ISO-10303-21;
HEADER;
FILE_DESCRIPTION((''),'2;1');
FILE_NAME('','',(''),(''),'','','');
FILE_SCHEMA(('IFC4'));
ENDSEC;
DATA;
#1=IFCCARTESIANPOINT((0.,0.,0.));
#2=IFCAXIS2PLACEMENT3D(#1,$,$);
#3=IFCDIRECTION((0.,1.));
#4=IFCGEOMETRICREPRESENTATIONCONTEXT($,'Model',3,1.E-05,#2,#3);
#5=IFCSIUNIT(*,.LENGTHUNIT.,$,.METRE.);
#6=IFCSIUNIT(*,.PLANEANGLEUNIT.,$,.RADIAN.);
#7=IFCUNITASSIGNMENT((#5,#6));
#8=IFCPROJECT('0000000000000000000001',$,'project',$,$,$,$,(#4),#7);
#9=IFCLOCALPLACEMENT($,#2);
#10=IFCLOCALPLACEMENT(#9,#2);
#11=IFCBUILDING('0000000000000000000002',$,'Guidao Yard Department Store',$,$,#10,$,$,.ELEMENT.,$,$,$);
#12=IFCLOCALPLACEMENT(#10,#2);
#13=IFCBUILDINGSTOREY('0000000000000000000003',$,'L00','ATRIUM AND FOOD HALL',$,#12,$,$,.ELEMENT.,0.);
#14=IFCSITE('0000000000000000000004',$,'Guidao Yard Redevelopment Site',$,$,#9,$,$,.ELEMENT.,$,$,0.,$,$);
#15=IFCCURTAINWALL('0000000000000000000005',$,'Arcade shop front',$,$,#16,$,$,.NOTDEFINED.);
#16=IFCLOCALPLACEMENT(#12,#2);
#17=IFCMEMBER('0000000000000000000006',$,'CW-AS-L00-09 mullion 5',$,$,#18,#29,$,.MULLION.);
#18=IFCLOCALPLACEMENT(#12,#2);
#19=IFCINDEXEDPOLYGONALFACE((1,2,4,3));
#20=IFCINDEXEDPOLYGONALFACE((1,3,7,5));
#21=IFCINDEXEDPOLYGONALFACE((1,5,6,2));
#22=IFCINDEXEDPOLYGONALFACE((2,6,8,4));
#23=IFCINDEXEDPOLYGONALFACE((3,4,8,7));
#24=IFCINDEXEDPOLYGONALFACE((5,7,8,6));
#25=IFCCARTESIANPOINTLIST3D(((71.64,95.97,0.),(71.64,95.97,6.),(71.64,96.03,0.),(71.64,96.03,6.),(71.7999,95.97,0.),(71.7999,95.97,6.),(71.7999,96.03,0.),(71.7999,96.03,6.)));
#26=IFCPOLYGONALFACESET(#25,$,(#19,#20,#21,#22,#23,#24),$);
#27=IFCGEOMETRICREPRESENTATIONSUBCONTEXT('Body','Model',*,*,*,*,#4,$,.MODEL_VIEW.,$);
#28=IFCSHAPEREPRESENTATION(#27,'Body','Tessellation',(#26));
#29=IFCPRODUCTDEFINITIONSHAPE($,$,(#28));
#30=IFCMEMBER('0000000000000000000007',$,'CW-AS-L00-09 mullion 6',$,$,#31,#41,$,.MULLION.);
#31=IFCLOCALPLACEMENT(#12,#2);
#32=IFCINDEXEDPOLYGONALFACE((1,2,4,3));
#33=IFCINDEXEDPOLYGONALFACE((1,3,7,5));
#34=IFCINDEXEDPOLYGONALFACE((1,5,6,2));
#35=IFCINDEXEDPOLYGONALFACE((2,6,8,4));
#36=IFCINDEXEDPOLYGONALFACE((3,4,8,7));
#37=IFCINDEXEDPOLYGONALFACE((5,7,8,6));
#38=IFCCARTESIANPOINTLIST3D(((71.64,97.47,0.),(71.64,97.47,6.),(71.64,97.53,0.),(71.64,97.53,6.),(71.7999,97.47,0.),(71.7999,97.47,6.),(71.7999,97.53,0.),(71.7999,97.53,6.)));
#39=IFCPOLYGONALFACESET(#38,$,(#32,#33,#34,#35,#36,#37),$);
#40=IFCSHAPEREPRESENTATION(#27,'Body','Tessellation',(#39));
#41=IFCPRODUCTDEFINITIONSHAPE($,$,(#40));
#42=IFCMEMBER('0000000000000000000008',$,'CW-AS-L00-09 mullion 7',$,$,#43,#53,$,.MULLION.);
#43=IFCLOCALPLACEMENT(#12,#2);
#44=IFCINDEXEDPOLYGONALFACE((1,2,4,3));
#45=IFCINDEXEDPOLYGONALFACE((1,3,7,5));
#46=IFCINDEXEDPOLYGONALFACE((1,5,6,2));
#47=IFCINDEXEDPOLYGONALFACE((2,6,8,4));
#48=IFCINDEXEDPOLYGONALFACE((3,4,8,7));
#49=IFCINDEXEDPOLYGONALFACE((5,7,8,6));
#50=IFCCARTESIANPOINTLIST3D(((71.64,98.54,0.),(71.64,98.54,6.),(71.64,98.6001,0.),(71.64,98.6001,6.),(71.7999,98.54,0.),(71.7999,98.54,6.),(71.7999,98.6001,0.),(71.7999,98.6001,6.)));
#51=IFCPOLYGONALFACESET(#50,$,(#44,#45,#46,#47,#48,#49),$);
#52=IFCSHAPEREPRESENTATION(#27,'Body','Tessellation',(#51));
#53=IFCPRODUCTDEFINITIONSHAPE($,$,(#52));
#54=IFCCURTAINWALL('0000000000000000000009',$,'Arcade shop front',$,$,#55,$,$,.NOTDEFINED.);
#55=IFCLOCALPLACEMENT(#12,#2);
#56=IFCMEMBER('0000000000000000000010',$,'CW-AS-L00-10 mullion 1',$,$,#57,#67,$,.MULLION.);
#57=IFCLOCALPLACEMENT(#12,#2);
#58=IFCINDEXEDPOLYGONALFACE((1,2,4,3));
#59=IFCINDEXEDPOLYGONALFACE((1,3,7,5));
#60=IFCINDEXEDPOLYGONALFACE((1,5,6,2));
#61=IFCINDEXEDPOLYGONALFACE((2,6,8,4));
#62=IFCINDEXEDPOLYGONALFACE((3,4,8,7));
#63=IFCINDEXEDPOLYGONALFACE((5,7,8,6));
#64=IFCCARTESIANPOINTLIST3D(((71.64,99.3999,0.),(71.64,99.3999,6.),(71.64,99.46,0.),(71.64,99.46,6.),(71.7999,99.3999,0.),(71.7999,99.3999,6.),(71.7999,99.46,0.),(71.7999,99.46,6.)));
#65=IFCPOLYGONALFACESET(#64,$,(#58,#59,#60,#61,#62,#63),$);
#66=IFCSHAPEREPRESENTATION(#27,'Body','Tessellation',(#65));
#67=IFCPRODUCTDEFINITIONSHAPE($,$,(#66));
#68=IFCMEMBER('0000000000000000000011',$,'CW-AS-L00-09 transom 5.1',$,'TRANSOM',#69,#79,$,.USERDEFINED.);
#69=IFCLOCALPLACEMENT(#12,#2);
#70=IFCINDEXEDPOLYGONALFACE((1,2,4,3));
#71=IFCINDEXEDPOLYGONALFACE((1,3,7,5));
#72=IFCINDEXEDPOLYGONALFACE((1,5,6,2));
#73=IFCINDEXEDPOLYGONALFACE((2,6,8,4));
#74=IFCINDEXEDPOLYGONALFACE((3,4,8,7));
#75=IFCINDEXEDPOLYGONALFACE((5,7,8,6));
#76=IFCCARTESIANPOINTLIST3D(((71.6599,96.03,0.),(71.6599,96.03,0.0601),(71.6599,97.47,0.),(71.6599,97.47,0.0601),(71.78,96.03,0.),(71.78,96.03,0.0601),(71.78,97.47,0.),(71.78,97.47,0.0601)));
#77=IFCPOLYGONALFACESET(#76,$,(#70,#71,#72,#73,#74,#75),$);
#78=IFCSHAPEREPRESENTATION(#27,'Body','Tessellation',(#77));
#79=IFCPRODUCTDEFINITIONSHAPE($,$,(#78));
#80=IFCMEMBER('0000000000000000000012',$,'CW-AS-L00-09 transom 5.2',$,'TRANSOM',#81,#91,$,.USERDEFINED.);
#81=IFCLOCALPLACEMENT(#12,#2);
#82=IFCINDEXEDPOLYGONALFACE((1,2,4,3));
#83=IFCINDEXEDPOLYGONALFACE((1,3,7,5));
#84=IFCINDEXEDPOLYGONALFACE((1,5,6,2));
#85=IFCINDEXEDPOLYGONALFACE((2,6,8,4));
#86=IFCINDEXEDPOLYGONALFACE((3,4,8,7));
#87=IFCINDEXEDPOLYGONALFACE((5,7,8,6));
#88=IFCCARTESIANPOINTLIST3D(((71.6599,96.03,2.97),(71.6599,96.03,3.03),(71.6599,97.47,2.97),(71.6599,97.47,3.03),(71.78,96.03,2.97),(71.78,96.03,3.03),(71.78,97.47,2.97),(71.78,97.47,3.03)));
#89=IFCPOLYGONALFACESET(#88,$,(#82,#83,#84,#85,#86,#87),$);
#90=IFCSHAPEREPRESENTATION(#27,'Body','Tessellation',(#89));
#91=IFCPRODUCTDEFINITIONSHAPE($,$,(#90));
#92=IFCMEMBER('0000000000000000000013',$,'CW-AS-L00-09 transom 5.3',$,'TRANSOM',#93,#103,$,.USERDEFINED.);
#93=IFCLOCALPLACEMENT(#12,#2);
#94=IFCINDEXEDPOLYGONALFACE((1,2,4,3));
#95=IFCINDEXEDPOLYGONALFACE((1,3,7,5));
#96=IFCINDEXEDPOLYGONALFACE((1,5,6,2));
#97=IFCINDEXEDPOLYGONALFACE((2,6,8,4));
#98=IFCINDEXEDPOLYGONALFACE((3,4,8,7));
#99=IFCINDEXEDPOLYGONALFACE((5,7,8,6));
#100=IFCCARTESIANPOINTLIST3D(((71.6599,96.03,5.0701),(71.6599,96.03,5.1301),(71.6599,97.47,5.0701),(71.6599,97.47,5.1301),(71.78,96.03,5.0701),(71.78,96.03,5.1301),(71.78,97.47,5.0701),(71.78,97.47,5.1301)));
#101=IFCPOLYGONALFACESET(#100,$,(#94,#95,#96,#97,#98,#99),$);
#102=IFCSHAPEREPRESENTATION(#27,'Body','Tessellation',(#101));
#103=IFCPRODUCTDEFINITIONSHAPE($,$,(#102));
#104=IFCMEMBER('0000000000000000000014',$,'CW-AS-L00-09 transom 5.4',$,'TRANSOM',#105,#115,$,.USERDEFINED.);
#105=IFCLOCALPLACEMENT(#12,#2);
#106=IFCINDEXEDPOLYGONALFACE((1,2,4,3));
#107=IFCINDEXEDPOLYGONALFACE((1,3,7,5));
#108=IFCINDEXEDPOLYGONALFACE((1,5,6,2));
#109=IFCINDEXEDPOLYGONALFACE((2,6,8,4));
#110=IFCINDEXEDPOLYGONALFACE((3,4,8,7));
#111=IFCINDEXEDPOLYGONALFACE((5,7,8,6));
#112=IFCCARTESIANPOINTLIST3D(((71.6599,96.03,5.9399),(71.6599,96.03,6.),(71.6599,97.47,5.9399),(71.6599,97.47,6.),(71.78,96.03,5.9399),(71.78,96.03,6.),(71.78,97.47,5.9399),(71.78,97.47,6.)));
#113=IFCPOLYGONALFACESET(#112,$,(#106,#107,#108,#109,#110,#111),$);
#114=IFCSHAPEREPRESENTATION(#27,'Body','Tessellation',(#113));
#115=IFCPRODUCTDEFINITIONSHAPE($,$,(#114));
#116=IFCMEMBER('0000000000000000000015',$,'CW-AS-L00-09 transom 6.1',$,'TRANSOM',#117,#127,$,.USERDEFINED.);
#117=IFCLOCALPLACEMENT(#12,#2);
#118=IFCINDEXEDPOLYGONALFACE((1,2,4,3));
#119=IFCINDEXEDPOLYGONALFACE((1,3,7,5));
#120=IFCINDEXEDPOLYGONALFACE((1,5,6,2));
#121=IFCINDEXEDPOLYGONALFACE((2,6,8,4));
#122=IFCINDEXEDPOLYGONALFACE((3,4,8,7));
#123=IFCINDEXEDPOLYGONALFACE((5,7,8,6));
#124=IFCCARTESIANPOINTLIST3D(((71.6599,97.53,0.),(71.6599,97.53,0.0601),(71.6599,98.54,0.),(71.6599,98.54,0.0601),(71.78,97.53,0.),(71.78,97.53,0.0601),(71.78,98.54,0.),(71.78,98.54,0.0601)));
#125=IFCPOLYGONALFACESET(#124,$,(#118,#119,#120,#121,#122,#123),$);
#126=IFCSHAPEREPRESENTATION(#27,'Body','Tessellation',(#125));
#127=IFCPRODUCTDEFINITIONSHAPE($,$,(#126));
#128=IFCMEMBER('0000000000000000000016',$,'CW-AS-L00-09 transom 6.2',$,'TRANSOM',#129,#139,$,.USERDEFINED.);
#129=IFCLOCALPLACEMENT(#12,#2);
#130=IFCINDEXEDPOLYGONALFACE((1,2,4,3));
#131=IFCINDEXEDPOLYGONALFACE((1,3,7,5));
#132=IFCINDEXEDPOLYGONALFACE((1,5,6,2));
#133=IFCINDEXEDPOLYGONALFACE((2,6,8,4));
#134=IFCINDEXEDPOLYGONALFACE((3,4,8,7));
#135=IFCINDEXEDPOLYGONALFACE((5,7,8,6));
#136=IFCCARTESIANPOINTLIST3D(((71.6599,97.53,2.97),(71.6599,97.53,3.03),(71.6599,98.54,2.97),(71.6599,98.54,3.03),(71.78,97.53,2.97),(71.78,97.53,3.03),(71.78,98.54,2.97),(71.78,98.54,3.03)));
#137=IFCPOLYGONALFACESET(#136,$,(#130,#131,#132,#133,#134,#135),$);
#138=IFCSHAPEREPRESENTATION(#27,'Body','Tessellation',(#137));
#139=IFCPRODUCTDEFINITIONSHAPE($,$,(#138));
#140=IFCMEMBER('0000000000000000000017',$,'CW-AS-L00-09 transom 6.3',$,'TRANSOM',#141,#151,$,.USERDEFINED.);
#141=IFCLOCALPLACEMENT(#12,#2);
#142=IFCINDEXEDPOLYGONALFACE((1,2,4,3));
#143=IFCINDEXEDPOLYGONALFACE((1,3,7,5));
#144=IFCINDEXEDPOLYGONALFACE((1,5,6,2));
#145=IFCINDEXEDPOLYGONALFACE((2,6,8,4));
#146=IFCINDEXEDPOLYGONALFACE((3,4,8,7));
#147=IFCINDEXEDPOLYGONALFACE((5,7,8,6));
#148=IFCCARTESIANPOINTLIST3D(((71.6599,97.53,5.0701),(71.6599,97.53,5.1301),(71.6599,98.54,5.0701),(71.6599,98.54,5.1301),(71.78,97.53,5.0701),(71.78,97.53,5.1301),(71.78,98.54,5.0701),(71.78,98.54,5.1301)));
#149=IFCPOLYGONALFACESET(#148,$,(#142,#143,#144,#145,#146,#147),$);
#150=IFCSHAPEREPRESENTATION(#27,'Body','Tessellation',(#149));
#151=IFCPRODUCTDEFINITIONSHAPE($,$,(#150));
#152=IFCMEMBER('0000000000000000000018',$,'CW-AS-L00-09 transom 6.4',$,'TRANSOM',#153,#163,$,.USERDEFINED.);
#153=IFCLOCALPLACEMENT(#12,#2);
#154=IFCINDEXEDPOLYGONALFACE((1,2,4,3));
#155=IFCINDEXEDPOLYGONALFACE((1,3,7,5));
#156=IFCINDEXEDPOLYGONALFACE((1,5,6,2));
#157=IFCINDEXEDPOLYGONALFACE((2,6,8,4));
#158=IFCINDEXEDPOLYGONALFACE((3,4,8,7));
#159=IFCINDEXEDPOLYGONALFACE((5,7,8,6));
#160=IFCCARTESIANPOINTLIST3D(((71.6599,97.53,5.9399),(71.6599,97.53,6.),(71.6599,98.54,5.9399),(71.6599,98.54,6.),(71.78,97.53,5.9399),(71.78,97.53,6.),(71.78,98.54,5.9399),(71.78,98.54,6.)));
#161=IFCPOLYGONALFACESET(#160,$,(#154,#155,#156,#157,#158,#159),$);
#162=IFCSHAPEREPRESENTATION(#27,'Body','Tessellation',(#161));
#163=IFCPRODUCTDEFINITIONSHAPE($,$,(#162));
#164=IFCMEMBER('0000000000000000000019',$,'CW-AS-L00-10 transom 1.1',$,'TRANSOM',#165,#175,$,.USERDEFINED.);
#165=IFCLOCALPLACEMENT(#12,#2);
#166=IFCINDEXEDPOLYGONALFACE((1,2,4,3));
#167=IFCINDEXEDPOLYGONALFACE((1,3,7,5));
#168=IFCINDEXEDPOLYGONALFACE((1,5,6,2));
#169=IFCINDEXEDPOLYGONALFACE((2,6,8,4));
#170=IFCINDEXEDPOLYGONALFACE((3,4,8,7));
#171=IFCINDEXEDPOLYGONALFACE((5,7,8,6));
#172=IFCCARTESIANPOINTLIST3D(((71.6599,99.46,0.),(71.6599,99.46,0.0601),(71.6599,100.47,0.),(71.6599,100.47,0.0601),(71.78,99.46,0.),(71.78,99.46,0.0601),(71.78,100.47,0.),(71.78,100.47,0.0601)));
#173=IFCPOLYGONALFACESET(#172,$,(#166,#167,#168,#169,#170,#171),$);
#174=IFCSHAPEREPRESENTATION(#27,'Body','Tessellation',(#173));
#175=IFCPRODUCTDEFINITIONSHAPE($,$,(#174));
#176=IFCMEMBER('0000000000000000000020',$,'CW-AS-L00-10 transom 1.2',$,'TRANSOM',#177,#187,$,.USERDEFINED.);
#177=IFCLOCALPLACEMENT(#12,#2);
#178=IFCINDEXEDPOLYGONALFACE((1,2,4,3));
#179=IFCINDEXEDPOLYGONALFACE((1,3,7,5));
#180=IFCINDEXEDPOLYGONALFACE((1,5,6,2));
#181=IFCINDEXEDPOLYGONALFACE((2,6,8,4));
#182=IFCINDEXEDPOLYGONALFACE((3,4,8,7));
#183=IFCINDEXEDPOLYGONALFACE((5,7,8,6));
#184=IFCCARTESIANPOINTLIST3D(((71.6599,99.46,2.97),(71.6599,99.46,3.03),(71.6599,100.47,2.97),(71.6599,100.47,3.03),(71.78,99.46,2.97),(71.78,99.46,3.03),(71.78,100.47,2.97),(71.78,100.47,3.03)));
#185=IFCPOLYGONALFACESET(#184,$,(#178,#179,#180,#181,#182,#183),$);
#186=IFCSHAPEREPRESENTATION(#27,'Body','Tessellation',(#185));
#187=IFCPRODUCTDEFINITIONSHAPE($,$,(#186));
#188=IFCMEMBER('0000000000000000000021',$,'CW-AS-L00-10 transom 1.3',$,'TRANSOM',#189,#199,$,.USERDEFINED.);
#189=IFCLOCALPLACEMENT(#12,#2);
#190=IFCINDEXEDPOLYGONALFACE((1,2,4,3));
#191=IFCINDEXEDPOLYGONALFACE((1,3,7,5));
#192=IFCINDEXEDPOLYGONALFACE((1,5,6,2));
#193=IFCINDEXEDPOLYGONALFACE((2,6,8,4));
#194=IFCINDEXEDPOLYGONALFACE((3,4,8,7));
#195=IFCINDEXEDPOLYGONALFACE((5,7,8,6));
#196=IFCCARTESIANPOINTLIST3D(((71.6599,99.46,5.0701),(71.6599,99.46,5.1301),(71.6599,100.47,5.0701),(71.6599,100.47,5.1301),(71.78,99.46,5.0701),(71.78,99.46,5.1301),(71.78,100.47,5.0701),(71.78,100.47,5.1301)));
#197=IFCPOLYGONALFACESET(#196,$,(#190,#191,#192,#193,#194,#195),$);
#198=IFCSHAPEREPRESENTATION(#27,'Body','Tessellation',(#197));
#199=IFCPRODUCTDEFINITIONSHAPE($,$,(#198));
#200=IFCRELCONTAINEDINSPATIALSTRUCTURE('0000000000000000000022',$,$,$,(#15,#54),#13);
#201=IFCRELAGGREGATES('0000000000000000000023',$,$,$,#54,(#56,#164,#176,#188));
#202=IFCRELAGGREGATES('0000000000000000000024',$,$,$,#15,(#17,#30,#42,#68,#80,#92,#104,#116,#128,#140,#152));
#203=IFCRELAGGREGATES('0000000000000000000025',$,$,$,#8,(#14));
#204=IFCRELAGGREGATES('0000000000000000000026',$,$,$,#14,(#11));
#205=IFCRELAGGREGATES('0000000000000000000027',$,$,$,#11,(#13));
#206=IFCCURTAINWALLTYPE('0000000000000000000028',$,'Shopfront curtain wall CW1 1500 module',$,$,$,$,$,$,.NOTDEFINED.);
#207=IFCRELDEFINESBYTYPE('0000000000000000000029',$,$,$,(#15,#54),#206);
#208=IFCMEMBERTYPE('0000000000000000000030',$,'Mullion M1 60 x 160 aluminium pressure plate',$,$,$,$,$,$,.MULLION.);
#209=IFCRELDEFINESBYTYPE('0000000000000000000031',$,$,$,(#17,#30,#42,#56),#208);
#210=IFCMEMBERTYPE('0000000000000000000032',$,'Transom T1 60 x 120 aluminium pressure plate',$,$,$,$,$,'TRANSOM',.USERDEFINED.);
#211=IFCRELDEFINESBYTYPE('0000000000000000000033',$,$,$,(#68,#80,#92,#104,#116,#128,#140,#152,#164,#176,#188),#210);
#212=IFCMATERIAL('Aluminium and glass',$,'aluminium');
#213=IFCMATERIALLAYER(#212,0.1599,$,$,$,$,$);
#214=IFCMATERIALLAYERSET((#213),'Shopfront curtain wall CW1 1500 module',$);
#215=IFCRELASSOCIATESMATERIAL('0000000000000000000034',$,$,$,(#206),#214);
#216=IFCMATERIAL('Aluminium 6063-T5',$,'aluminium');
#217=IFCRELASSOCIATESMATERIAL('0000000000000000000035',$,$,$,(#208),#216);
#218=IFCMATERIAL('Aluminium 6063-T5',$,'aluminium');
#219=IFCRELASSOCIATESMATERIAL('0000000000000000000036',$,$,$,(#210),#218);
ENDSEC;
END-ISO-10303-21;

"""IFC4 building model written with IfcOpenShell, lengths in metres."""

from ifc_helpers import new_model, si_unit, direction, frame, origin, origin_2d, place, context, subcontext, project, spatial, rectangle, extrude, material, layer, layer_set, material_profile, profile_set, type_object, element, aggregate, save


model = new_model("IFC4")

# Units and contexts
model_context = context("Model", 3, precision=1e-05, world=origin(), true_north=direction((0.0, 1.0)))
body_context = subcontext(model_context, "Body", "Model", "MODEL_VIEW")
ifc_project = project(units=[si_unit("LENGTHUNIT", "METRE"), si_unit("PLANEANGLEUNIT", "RADIAN")], contexts=[model_context])

# Site, building, storey
site_placement = place(None, origin())
site = spatial("IfcSite", under=ifc_project, at=site_placement, Name="Guidao Yard Redevelopment Site", CompositionType="ELEMENT", RefElevation=0.0)
building_placement = place(site_placement, origin())
building = spatial("IfcBuilding", under=site, at=building_placement, Name="Guidao Yard Department Store", CompositionType="ELEMENT")
storey_placement = place(building_placement, origin())
storey = spatial("IfcBuildingStorey", under=building, at=storey_placement, Name="L00", Description="ATRIUM AND FOOD HALL", CompositionType="ELEMENT", Elevation=0.0)

# Curtain wall, members
ifc_material_1 = material(Name="Aluminium and glass", Category="aluminium")
ifc_layer_1 = layer(ifc_material_1, 0.1599)
ifc_layer_set_1 = layer_set([ifc_layer_1], Name="Shopfront curtain wall CW1 1500 module")
curtain_wall_type = type_object("IfcCurtainWallType", Name="Shopfront curtain wall CW1 1500 module", PredefinedType="NOTDEFINED", material=ifc_layer_set_1)
curtain_wall_1_placement = place(storey_placement, origin())
curtain_wall_1 = element("IfcCurtainWall", 1, at=curtain_wall_1_placement, inside=storey, type_object=curtain_wall_type, Name="Arcade shop front", PredefinedType="NOTDEFINED")
ifc_material_2 = material(Name="Aluminium 6063-T5", Category="aluminium")
ifc_material_profile_1 = material_profile(ifc_material_2, rectangle(XDim=0.0601, YDim=0.1599, at=origin_2d()), Name="Mullion M1 60 x 160 aluminium pressure plate")
ifc_profile_set_1 = profile_set([ifc_material_profile_1], Name="Aluminium 6063-T5")
member_type_1 = type_object("IfcMemberType", Name="Mullion M1 60 x 160 aluminium pressure plate", PredefinedType="MULLION", material=ifc_profile_set_1)
member_1_placement = place(storey_placement, frame((71.72, 96.0, 0.0), z_axis=(0.0, 0.0, 1.0), x_axis=(0.0, 1.0, 0.0)))
member_1 = element("IfcMember", 2, at=member_1_placement, type_object=member_type_1, Name="CW-AS-L00-09 mullion 5", PredefinedType="MULLION", context=body_context, shape_type="SweptSolid", body=[
    extrude(rectangle(XDim=0.0601, YDim=0.1599, at=origin_2d()), origin(), (0.0, 0.0, 1.0), 6.0),
])
member_2_placement = place(storey_placement, frame((71.72, 97.5, 0.0), z_axis=(0.0, 0.0, 1.0), x_axis=(0.0, 1.0, 0.0)))
member_2 = element("IfcMember", 3, at=member_2_placement, type_object=member_type_1, Name="CW-AS-L00-09 mullion 6", PredefinedType="MULLION", context=body_context, shape_type="SweptSolid", body=[
    extrude(rectangle(XDim=0.0601, YDim=0.1599, at=origin_2d()), origin(), (0.0, 0.0, 1.0), 6.0),
])
member_3_placement = place(storey_placement, frame((71.72, 98.5701, 0.0), z_axis=(0.0, 0.0, 1.0), x_axis=(0.0, 1.0, 0.0)))
member_3 = element("IfcMember", 4, at=member_3_placement, type_object=member_type_1, Name="CW-AS-L00-09 mullion 7", PredefinedType="MULLION", context=body_context, shape_type="SweptSolid", body=[
    extrude(rectangle(XDim=0.0601, YDim=0.1599, at=origin_2d()), origin(), (0.0, 0.0, 1.0), 6.0),
])

# Curtain wall, member
curtain_wall_2_placement = place(storey_placement, origin())
curtain_wall_2 = element("IfcCurtainWall", 5, at=curtain_wall_2_placement, inside=storey, type_object=curtain_wall_type, Name="Arcade shop front", PredefinedType="NOTDEFINED")
member_4_placement = place(storey_placement, frame((71.72, 99.4299, 0.0), z_axis=(0.0, 0.0, 1.0), x_axis=(0.0, 1.0, 0.0)))
member_4 = element("IfcMember", 6, at=member_4_placement, type_object=member_type_1, Name="CW-AS-L00-10 mullion 1", PredefinedType="MULLION", context=body_context, shape_type="SweptSolid", body=[
    extrude(rectangle(XDim=0.0601, YDim=0.1599, at=origin_2d()), origin(), (0.0, 0.0, 1.0), 6.0),
])

# Members
ifc_material_3 = material(Name="Aluminium 6063-T5", Category="aluminium")
ifc_material_profile_2 = material_profile(ifc_material_3, rectangle(XDim=0.1201, YDim=0.0601, at=origin_2d()), Name="Transom T1 60 x 120 aluminium pressure plate")
ifc_profile_set_2 = profile_set([ifc_material_profile_2], Name="Aluminium 6063-T5")
member_type_2 = type_object("IfcMemberType", Name="Transom T1 60 x 120 aluminium pressure plate", ElementType="TRANSOM", PredefinedType="USERDEFINED", material=ifc_profile_set_2)
member_5_placement = place(storey_placement, frame((71.72, 96.03, 0.03), z_axis=(0.0, 1.0, 0.0), x_axis=(-1.0, 0.0, 0.0)))
member_5 = element("IfcMember", 7, at=member_5_placement, type_object=member_type_2, Name="CW-AS-L00-09 transom 5.1", ObjectType="TRANSOM", PredefinedType="USERDEFINED", context=body_context, shape_type="SweptSolid", body=[
    extrude(rectangle(XDim=0.1201, YDim=0.0601, at=origin_2d()), origin(), (0.0, 0.0, 1.0), 1.4399),
])
member_6_placement = place(storey_placement, frame((71.72, 96.03, 3.0), z_axis=(0.0, 1.0, 0.0), x_axis=(-1.0, 0.0, 0.0)))
member_6 = element("IfcMember", 8, at=member_6_placement, type_object=member_type_2, Name="CW-AS-L00-09 transom 5.2", ObjectType="TRANSOM", PredefinedType="USERDEFINED", context=body_context, shape_type="SweptSolid", body=[
    extrude(rectangle(XDim=0.1201, YDim=0.0601, at=origin_2d()), origin(), (0.0, 0.0, 1.0), 1.4399),
])
member_7_placement = place(storey_placement, frame((71.72, 96.03, 5.1001), z_axis=(0.0, 1.0, 0.0), x_axis=(-1.0, 0.0, 0.0)))
member_7 = element("IfcMember", 9, at=member_7_placement, type_object=member_type_2, Name="CW-AS-L00-09 transom 5.3", ObjectType="TRANSOM", PredefinedType="USERDEFINED", context=body_context, shape_type="SweptSolid", body=[
    extrude(rectangle(XDim=0.1201, YDim=0.0601, at=origin_2d()), origin(), (0.0, 0.0, 1.0), 1.4399),
])
member_8_placement = place(storey_placement, frame((71.72, 96.03, 5.97), z_axis=(0.0, 1.0, 0.0), x_axis=(-1.0, 0.0, 0.0)))
member_8 = element("IfcMember", 10, at=member_8_placement, type_object=member_type_2, Name="CW-AS-L00-09 transom 5.4", ObjectType="TRANSOM", PredefinedType="USERDEFINED", context=body_context, shape_type="SweptSolid", body=[
    extrude(rectangle(XDim=0.1201, YDim=0.0601, at=origin_2d()), origin(), (0.0, 0.0, 1.0), 1.4399),
])
member_9_placement = place(storey_placement, frame((71.72, 97.53, 0.03), z_axis=(0.0, 1.0, 0.0), x_axis=(-1.0, 0.0, 0.0)))
member_9 = element("IfcMember", 11, at=member_9_placement, type_object=member_type_2, Name="CW-AS-L00-09 transom 6.1", ObjectType="TRANSOM", PredefinedType="USERDEFINED", context=body_context, shape_type="SweptSolid", body=[
    extrude(rectangle(XDim=0.1201, YDim=0.0601, at=origin_2d()), origin(), (0.0, 0.0, 1.0), 1.01),
])
member_10_placement = place(storey_placement, frame((71.72, 97.53, 3.0), z_axis=(0.0, 1.0, 0.0), x_axis=(-1.0, 0.0, 0.0)))
member_10 = element("IfcMember", 12, at=member_10_placement, type_object=member_type_2, Name="CW-AS-L00-09 transom 6.2", ObjectType="TRANSOM", PredefinedType="USERDEFINED", context=body_context, shape_type="SweptSolid", body=[
    extrude(rectangle(XDim=0.1201, YDim=0.0601, at=origin_2d()), origin(), (0.0, 0.0, 1.0), 1.01),
])
member_11_placement = place(storey_placement, frame((71.72, 97.53, 5.1001), z_axis=(0.0, 1.0, 0.0), x_axis=(-1.0, 0.0, 0.0)))
member_11 = element("IfcMember", 13, at=member_11_placement, type_object=member_type_2, Name="CW-AS-L00-09 transom 6.3", ObjectType="TRANSOM", PredefinedType="USERDEFINED", context=body_context, shape_type="SweptSolid", body=[
    extrude(rectangle(XDim=0.1201, YDim=0.0601, at=origin_2d()), origin(), (0.0, 0.0, 1.0), 1.01),
])
member_12_placement = place(storey_placement, frame((71.72, 97.53, 5.97), z_axis=(0.0, 1.0, 0.0), x_axis=(-1.0, 0.0, 0.0)))
member_12 = element("IfcMember", 14, at=member_12_placement, type_object=member_type_2, Name="CW-AS-L00-09 transom 6.4", ObjectType="TRANSOM", PredefinedType="USERDEFINED", context=body_context, shape_type="SweptSolid", body=[
    extrude(rectangle(XDim=0.1201, YDim=0.0601, at=origin_2d()), origin(), (0.0, 0.0, 1.0), 1.01),
])
member_13_placement = place(storey_placement, frame((71.72, 99.46, 0.03), z_axis=(0.0, 1.0, 0.0), x_axis=(-1.0, 0.0, 0.0)))
member_13 = element("IfcMember", 15, at=member_13_placement, type_object=member_type_2, Name="CW-AS-L00-10 transom 1.1", ObjectType="TRANSOM", PredefinedType="USERDEFINED", context=body_context, shape_type="SweptSolid", body=[
    extrude(rectangle(XDim=0.1201, YDim=0.0601, at=origin_2d()), origin(), (0.0, 0.0, 1.0), 1.01),
])
member_14_placement = place(storey_placement, frame((71.72, 99.46, 3.0), z_axis=(0.0, 1.0, 0.0), x_axis=(-1.0, 0.0, 0.0)))
member_14 = element("IfcMember", 16, at=member_14_placement, type_object=member_type_2, Name="CW-AS-L00-10 transom 1.2", ObjectType="TRANSOM", PredefinedType="USERDEFINED", context=body_context, shape_type="SweptSolid", body=[
    extrude(rectangle(XDim=0.1201, YDim=0.0601, at=origin_2d()), origin(), (0.0, 0.0, 1.0), 1.01),
])
member_15_placement = place(storey_placement, frame((71.72, 99.46, 5.1001), z_axis=(0.0, 1.0, 0.0), x_axis=(-1.0, 0.0, 0.0)))
member_15 = element("IfcMember", 17, at=member_15_placement, type_object=member_type_2, Name="CW-AS-L00-10 transom 1.3", ObjectType="TRANSOM", PredefinedType="USERDEFINED", context=body_context, shape_type="SweptSolid", body=[
    extrude(rectangle(XDim=0.1201, YDim=0.0601, at=origin_2d()), origin(), (0.0, 0.0, 1.0), 1.01),
])
aggregate(curtain_wall_2, [member_4, member_13, member_14, member_15])

aggregate(curtain_wall_1, [member_1, member_2, member_3, member_5, member_6, member_7, member_8, member_9, member_10, member_11, member_12])

save(model, "model.ifc")
